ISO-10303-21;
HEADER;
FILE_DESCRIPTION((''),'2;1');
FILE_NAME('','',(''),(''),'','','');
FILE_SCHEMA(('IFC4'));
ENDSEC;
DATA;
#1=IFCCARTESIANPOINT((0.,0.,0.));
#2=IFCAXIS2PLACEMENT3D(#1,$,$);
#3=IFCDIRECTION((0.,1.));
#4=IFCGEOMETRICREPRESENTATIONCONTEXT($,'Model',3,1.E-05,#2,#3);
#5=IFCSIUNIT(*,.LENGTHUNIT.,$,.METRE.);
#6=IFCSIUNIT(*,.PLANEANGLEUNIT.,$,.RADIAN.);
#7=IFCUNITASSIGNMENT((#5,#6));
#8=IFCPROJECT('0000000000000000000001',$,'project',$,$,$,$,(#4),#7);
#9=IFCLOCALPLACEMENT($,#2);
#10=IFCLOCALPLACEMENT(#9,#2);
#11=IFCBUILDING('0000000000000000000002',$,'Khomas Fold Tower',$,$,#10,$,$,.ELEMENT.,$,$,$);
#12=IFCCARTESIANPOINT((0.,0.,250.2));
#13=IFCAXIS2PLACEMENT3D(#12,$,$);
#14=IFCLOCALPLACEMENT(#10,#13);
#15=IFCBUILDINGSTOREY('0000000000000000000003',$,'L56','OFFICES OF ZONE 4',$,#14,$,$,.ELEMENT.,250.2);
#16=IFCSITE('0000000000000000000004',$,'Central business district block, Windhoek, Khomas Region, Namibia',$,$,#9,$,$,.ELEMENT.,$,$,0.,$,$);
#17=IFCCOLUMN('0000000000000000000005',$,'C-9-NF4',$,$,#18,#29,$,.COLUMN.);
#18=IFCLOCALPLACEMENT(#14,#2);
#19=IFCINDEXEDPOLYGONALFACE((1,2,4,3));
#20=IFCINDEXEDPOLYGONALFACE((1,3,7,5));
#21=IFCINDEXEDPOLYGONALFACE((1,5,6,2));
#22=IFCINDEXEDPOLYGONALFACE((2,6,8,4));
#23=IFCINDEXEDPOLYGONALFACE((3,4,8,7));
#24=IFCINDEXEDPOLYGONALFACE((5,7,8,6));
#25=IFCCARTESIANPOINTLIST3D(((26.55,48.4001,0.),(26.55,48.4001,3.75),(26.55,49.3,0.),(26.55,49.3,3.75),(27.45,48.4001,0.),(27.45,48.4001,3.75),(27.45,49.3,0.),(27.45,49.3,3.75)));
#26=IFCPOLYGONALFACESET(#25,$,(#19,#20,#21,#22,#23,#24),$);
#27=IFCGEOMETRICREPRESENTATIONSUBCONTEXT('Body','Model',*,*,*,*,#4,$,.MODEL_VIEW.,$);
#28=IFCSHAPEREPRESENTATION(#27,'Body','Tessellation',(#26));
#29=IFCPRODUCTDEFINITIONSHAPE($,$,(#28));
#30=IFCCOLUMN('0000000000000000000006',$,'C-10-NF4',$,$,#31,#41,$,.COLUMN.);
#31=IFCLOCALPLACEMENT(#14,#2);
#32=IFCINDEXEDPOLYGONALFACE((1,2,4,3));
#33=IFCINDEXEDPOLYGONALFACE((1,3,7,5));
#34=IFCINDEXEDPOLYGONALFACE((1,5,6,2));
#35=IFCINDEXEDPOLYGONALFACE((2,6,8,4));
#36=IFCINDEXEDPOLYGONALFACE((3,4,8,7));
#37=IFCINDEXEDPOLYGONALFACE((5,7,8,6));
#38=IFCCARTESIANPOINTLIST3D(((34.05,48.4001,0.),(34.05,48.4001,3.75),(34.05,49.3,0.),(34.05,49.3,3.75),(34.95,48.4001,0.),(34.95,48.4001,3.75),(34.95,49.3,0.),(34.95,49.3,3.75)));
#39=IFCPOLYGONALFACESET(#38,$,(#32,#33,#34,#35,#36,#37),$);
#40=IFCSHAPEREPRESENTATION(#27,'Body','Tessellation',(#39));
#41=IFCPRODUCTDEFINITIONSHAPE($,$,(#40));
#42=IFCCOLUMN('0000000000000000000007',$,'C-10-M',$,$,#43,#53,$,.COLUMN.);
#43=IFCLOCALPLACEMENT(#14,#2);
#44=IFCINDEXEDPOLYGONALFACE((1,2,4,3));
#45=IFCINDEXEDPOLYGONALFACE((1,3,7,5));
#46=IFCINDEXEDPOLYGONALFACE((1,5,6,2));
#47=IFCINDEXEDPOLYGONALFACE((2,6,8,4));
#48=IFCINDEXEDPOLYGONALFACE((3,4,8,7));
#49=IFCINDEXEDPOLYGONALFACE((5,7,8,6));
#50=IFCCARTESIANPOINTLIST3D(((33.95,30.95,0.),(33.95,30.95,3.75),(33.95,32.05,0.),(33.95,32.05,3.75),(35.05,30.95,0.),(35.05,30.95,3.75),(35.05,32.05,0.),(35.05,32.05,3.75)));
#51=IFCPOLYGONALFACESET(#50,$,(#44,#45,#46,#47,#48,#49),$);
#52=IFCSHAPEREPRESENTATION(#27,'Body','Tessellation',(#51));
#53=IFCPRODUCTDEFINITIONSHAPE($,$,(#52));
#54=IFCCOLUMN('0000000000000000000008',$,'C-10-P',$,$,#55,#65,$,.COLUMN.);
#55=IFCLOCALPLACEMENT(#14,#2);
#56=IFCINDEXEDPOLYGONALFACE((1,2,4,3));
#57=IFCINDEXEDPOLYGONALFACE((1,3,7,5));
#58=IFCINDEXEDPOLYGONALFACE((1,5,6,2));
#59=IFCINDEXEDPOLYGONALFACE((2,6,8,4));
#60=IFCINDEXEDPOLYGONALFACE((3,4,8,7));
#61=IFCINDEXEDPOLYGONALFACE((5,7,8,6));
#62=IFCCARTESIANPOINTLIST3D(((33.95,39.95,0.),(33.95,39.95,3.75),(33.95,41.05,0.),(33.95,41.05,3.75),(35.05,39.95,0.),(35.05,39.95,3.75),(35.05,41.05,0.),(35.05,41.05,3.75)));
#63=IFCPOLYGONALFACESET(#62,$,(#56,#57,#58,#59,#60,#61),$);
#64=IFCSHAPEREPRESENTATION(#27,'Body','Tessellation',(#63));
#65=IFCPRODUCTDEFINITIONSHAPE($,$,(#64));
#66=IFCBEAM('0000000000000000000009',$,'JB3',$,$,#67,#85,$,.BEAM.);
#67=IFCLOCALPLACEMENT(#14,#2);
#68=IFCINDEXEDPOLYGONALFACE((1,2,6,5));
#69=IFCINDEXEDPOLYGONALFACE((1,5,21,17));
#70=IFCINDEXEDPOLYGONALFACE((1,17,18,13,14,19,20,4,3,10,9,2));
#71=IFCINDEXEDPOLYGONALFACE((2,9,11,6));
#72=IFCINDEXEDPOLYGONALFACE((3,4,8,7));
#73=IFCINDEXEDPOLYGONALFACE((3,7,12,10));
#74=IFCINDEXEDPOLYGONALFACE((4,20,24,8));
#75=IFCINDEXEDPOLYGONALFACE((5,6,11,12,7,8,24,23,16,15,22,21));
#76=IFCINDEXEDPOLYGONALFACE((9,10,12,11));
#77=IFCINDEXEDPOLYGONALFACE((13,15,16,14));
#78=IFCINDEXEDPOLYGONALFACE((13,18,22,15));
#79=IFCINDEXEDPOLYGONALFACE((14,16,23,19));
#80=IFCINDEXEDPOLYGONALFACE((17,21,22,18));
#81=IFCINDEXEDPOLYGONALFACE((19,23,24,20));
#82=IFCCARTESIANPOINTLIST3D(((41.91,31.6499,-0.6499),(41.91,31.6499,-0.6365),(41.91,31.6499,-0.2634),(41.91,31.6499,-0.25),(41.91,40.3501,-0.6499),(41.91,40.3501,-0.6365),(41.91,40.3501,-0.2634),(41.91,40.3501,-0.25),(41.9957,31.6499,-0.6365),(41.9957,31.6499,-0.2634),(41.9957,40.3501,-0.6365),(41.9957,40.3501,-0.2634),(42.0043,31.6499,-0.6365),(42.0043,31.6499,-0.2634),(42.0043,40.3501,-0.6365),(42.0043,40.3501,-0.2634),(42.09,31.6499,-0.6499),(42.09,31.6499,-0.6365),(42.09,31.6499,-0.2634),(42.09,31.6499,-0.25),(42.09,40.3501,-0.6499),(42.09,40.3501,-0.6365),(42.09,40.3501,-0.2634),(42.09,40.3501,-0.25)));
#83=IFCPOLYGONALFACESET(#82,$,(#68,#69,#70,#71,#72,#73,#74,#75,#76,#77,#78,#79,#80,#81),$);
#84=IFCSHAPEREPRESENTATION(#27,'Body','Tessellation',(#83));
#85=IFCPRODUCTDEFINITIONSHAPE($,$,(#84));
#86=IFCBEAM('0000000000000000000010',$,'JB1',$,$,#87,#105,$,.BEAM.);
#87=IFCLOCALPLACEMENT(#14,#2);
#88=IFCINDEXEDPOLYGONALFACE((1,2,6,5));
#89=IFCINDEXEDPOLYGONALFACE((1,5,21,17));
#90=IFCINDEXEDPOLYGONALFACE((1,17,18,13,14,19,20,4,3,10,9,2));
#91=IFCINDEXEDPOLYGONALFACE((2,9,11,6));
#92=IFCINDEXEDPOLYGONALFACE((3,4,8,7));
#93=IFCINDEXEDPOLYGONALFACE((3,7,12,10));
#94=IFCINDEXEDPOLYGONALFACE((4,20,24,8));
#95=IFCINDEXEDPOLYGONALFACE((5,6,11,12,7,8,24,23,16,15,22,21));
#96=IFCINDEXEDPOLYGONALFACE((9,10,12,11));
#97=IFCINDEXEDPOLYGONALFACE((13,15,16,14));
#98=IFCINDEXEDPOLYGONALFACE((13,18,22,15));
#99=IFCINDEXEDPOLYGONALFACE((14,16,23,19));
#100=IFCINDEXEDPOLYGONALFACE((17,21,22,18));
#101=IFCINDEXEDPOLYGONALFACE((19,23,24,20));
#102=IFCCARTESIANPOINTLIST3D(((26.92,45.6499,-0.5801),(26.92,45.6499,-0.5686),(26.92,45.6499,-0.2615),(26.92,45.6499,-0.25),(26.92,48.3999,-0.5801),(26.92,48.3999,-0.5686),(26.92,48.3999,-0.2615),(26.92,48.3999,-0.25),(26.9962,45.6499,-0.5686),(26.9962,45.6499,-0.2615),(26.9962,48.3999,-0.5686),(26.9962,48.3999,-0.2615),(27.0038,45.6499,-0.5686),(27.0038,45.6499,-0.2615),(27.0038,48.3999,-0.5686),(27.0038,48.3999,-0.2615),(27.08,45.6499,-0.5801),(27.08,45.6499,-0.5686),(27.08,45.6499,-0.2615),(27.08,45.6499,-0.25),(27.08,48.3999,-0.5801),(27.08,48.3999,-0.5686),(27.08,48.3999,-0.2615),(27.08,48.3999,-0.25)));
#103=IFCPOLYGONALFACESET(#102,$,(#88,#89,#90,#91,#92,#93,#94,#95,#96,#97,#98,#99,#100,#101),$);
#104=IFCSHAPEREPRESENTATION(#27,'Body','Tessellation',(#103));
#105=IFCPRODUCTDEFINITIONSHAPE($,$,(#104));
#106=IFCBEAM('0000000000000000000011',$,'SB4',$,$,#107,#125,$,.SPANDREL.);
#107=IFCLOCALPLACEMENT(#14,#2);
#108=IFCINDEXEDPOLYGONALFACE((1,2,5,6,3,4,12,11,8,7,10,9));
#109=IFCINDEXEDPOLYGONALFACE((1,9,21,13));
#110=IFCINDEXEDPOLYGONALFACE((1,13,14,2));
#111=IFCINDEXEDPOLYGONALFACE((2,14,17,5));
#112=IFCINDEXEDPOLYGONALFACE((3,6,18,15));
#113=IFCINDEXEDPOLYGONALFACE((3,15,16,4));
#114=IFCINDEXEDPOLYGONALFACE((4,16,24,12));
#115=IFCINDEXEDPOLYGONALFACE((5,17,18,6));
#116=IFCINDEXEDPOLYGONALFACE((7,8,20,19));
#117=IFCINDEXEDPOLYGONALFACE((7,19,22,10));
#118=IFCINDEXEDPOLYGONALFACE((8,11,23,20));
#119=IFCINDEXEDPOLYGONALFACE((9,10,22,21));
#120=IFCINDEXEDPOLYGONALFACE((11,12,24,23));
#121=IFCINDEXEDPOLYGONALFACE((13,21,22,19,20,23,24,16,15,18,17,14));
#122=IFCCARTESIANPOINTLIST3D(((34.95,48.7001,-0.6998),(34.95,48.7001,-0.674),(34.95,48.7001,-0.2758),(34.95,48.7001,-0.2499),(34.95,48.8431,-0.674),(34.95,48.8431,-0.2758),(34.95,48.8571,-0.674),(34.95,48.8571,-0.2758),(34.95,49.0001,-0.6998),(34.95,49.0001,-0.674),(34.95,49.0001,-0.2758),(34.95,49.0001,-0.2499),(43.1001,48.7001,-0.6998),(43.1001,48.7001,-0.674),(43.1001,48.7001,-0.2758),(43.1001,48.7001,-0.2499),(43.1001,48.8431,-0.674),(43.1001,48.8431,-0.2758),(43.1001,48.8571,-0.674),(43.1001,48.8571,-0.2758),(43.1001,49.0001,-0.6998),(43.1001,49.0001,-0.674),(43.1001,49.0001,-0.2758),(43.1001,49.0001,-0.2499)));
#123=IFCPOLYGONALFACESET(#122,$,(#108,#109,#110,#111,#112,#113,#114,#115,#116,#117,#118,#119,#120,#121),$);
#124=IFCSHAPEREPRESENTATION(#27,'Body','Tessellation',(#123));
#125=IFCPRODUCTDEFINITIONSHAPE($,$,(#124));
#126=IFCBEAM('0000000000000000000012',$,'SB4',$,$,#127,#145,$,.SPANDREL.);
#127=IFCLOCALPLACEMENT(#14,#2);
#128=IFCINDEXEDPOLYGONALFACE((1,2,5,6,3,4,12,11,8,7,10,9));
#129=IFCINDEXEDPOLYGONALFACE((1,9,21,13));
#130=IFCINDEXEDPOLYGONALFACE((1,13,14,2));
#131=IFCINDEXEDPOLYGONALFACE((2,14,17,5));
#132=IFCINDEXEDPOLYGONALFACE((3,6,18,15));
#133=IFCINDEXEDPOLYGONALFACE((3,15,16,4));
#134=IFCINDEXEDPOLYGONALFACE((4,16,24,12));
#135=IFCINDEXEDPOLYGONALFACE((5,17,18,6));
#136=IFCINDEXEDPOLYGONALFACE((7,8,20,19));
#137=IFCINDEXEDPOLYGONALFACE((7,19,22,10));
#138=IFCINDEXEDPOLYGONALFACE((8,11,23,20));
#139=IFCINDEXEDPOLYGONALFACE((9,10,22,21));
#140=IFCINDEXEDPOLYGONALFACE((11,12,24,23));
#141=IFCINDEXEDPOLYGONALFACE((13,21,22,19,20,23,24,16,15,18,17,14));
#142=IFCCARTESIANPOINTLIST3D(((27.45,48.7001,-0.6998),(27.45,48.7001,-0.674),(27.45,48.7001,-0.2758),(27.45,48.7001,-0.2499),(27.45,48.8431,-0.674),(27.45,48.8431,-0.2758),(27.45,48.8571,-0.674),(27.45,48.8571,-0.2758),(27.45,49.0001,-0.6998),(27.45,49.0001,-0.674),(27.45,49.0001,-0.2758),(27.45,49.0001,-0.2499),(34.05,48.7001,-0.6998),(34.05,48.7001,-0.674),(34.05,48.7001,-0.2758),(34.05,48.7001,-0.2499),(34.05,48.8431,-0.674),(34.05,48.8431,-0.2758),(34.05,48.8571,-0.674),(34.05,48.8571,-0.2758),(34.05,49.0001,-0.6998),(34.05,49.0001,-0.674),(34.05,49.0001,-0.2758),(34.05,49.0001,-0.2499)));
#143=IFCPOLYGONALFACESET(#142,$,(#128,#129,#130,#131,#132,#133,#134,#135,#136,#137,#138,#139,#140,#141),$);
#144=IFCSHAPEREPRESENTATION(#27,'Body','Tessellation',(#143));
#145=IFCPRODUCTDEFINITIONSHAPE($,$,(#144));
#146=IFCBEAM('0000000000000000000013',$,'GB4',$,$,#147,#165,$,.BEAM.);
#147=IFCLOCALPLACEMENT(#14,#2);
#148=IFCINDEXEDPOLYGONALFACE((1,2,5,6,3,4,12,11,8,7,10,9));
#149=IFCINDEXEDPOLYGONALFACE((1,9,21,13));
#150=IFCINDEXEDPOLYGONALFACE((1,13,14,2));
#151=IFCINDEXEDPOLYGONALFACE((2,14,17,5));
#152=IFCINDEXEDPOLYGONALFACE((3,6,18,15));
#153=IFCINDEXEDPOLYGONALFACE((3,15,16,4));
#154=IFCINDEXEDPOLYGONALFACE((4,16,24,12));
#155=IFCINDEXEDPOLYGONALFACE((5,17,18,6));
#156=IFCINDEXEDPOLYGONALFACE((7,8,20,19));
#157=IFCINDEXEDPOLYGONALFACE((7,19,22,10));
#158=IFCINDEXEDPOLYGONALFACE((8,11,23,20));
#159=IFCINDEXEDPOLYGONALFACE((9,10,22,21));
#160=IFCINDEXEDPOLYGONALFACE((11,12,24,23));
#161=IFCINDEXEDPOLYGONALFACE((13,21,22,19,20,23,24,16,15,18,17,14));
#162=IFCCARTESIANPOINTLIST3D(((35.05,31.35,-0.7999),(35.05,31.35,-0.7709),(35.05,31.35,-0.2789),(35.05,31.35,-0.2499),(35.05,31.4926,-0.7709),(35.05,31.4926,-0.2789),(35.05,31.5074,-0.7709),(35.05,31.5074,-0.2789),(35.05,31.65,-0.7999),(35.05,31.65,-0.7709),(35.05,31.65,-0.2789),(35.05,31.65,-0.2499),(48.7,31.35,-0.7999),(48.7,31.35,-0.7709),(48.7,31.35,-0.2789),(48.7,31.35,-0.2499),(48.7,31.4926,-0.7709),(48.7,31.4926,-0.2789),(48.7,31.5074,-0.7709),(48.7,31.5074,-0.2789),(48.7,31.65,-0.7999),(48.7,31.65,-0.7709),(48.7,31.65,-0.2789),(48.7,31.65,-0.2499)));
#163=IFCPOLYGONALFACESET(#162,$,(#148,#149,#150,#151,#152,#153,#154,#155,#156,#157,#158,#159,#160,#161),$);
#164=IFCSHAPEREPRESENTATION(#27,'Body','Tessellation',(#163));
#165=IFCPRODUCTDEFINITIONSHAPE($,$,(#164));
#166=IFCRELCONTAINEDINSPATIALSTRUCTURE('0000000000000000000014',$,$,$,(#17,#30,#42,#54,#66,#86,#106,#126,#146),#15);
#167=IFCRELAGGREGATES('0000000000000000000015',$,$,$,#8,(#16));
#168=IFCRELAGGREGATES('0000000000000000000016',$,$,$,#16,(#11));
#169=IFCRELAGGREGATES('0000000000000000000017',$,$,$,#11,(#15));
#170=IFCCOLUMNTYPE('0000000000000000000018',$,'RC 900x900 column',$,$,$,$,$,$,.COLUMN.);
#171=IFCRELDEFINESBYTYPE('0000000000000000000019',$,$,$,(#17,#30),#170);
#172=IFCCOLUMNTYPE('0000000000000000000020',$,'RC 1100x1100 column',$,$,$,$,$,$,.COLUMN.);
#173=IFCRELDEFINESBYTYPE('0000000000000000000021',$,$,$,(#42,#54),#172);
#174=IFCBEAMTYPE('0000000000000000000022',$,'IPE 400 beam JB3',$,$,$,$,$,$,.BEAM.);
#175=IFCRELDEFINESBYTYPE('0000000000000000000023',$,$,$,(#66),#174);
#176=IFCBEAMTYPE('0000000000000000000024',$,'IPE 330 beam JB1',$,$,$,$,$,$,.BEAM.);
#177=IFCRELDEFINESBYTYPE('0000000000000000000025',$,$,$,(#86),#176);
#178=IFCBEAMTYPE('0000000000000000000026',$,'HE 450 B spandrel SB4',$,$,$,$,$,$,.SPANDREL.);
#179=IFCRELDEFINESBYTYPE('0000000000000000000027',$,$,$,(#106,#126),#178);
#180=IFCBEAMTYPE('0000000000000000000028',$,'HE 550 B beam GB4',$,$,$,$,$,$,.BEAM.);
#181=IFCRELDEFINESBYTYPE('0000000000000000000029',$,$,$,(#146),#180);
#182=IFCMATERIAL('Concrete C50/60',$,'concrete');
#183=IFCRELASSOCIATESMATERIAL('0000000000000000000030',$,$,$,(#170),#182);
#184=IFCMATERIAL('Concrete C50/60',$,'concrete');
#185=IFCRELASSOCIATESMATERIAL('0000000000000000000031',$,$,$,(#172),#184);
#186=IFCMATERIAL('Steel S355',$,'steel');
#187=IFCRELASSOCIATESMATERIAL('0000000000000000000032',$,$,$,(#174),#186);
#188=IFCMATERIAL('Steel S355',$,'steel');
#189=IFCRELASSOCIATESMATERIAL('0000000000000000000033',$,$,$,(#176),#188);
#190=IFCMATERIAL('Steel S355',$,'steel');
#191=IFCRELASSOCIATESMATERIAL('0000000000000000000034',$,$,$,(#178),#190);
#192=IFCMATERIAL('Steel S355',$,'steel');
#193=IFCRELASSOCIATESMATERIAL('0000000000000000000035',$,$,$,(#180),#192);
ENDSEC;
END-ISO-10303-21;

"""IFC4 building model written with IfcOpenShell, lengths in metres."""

from ifc_helpers import new_model, si_unit, direction, frame, origin, origin_2d, place, context, subcontext, project, spatial, rectangle, i_section, extrude, source, transform, mapped, material, material_profile, profile_set, type_object, element, save


model = new_model("IFC4")

# Units and contexts
model_context = context("Model", 3, precision=1e-05, world=origin(), true_north=direction((0.0, 1.0)))
body_context = subcontext(model_context, "Body", "Model", "MODEL_VIEW")
ifc_project = project(units=[si_unit("LENGTHUNIT", "METRE"), si_unit("PLANEANGLEUNIT", "RADIAN")], contexts=[model_context])

# Site, building, storey
site_placement = place(None, origin())
site = spatial("IfcSite", under=ifc_project, at=site_placement, Name="Central business district block, Windhoek, Khomas Region, Namibia", CompositionType="ELEMENT", RefElevation=0.0)
building_placement = place(site_placement, origin())
building = spatial("IfcBuilding", under=site, at=building_placement, Name="Khomas Fold Tower", CompositionType="ELEMENT")
storey_placement = place(building_placement, frame((0.0, 0.0, 250.2)))
storey = spatial("IfcBuildingStorey", under=building, at=storey_placement, Name="L56", Description="OFFICES OF ZONE 4", CompositionType="ELEMENT", Elevation=250.2)

# Columns
ifc_material_1 = material(Name="Concrete C50/60", Category="concrete")
ifc_material_profile_1 = material_profile(ifc_material_1, rectangle(XDim=0.8999, YDim=0.8999, at=origin_2d()), Name="RC 900x900")
ifc_profile_set_1 = profile_set([ifc_material_profile_1], Name="Concrete C50/60")
column_type_1 = type_object("IfcColumnType", Name="RC 900x900 column", PredefinedType="COLUMN", material=ifc_profile_set_1)
shared_shape_1 = source(origin(), body_context, "Body", "SweptSolid", [
    extrude(rectangle(XDim=0.8999, YDim=0.8999, at=origin_2d()), origin(), (0.0, 0.0, 1.0), 3.75),
])
for number, where, z_axis, x_axis, name in (
    (1, (27.0, 48.8501, 0.0), (0.0, 0.0, 1.0), (1.0, 0.0, 0.0), "C-9-NF4"),
    (2, (34.5, 48.8501, 0.0), (0.0, 0.0, 1.0), (1.0, 0.0, 0.0), "C-10-NF4"),
):
    element("IfcColumn", number, at=place(storey_placement, frame(where, z_axis=z_axis, x_axis=x_axis)), inside=storey, type_object=column_type_1, Name=name, PredefinedType="COLUMN", context=body_context, shape_type="MappedRepresentation", body=[
        mapped(shared_shape_1, transform((0.0, 0.0, 0.0))),
    ])
ifc_material_2 = material(Name="Concrete C50/60", Category="concrete")
ifc_material_profile_2 = material_profile(ifc_material_2, rectangle(XDim=1.1001, YDim=1.1001, at=origin_2d()), Name="RC 1100x1100")
ifc_profile_set_2 = profile_set([ifc_material_profile_2], Name="Concrete C50/60")
column_type_2 = type_object("IfcColumnType", Name="RC 1100x1100 column", PredefinedType="COLUMN", material=ifc_profile_set_2)
shared_shape_2 = source(origin(), body_context, "Body", "SweptSolid", [
    extrude(rectangle(XDim=1.1001, YDim=1.1001, at=origin_2d()), origin(), (0.0, 0.0, 1.0), 3.75),
])
for number, where, z_axis, x_axis, name in (
    (3, (34.5, 31.5, 0.0), (0.0, 0.0, 1.0), (1.0, 0.0, 0.0), "C-10-M"),
    (4, (34.5, 40.5, 0.0), (0.0, 0.0, 1.0), (1.0, 0.0, 0.0), "C-10-P"),
):
    element("IfcColumn", number, at=place(storey_placement, frame(where, z_axis=z_axis, x_axis=x_axis)), inside=storey, type_object=column_type_2, Name=name, PredefinedType="COLUMN", context=body_context, shape_type="MappedRepresentation", body=[
        mapped(shared_shape_2, transform((0.0, 0.0, 0.0))),
    ])

# Beams
ifc_material_3 = material(Name="Steel S355", Category="steel")
ifc_material_profile_3 = material_profile(ifc_material_3, i_section(OverallWidth=0.1799, OverallDepth=0.3999, WebThickness=0.0085, FlangeThickness=0.0134, at=origin_2d()), Name="IPE 400")
ifc_profile_set_3 = profile_set([ifc_material_profile_3], Name="Steel S355")
beam_type_1 = type_object("IfcBeamType", Name="IPE 400 beam JB3", PredefinedType="BEAM", material=ifc_profile_set_3)
shared_shape_3 = source(origin(), body_context, "Body", "SweptSolid", [
    extrude(i_section(OverallWidth=0.1799, OverallDepth=0.3999, WebThickness=0.0085, FlangeThickness=0.0134, at=origin_2d()), origin(), (0.0, 0.0, 1.0), 8.7002),
])
beam_1_placement = place(storey_placement, frame((42.0, 31.6499, -0.45), z_axis=(0.0, 1.0, 0.0), x_axis=(-1.0, 0.0, 0.0)))
element("IfcBeam", 5, at=beam_1_placement, inside=storey, type_object=beam_type_1, Name="JB3", PredefinedType="BEAM", context=body_context, shape_type="MappedRepresentation", body=[
    mapped(shared_shape_3, transform((0.0, 0.0, 0.0))),
])
ifc_material_4 = material(Name="Steel S355", Category="steel")
ifc_material_profile_4 = material_profile(ifc_material_4, i_section(OverallWidth=0.1599, OverallDepth=0.3301, WebThickness=0.0076, FlangeThickness=0.0115, at=origin_2d()), Name="IPE 330")
ifc_profile_set_4 = profile_set([ifc_material_profile_4], Name="Steel S355")
beam_type_2 = type_object("IfcBeamType", Name="IPE 330 beam JB1", PredefinedType="BEAM", material=ifc_profile_set_4)
shared_shape_4 = source(origin(), body_context, "Body", "SweptSolid", [
    extrude(i_section(OverallWidth=0.1599, OverallDepth=0.3301, WebThickness=0.0076, FlangeThickness=0.0115, at=origin_2d()), origin(), (0.0, 0.0, 1.0), 2.75),
])
beam_2_placement = place(storey_placement, frame((27.0, 45.6499, -0.415), z_axis=(0.0, 1.0, 0.0), x_axis=(-1.0, 0.0, 0.0)))
element("IfcBeam", 6, at=beam_2_placement, inside=storey, type_object=beam_type_2, Name="JB1", PredefinedType="BEAM", context=body_context, shape_type="MappedRepresentation", body=[
    mapped(shared_shape_4, transform((0.0, 0.0, 0.0))),
])
ifc_material_5 = material(Name="Steel S355", Category="steel")
ifc_material_profile_5 = material_profile(ifc_material_5, i_section(OverallWidth=0.3, OverallDepth=0.45, WebThickness=0.0139, FlangeThickness=0.0259, at=origin_2d()), Name="HE 450 B")
ifc_profile_set_5 = profile_set([ifc_material_profile_5], Name="Steel S355")
beam_type_3 = type_object("IfcBeamType", Name="HE 450 B spandrel SB4", PredefinedType="SPANDREL", material=ifc_profile_set_5)
shared_shape_5 = source(origin(), body_context, "Body", "SweptSolid", [
    extrude(i_section(OverallWidth=0.3, OverallDepth=0.45, WebThickness=0.0139, FlangeThickness=0.0259, at=origin_2d()), origin(), (0.0, 0.0, 1.0), 8.1501),
])
beam_3_placement = place(storey_placement, frame((34.95, 48.8501, -0.4749), z_axis=(1.0, 0.0, 0.0), x_axis=(0.0, 1.0, 0.0)))
element("IfcBeam", 7, at=beam_3_placement, inside=storey, type_object=beam_type_3, Name="SB4", PredefinedType="SPANDREL", context=body_context, shape_type="MappedRepresentation", body=[
    mapped(shared_shape_5, transform((0.0, 0.0, 0.0))),
])
shared_shape_6 = source(origin(), body_context, "Body", "SweptSolid", [
    extrude(i_section(OverallWidth=0.3, OverallDepth=0.45, WebThickness=0.0139, FlangeThickness=0.0259, at=origin_2d()), origin(), (0.0, 0.0, 1.0), 6.6001),
])
beam_4_placement = place(storey_placement, frame((27.45, 48.8501, -0.4749), z_axis=(1.0, 0.0, 0.0), x_axis=(0.0, 1.0, 0.0)))
element("IfcBeam", 8, at=beam_4_placement, inside=storey, type_object=beam_type_3, Name="SB4", PredefinedType="SPANDREL", context=body_context, shape_type="MappedRepresentation", body=[
    mapped(shared_shape_6, transform((0.0, 0.0, 0.0))),
])
ifc_material_6 = material(Name="Steel S355", Category="steel")
ifc_material_profile_6 = material_profile(ifc_material_6, i_section(OverallWidth=0.3, OverallDepth=0.55, WebThickness=0.0149, FlangeThickness=0.0291, at=origin_2d()), Name="HE 550 B")
ifc_profile_set_6 = profile_set([ifc_material_profile_6], Name="Steel S355")
beam_type_4 = type_object("IfcBeamType", Name="HE 550 B beam GB4", PredefinedType="BEAM", material=ifc_profile_set_6)
shared_shape_7 = source(origin(), body_context, "Body", "SweptSolid", [
    extrude(i_section(OverallWidth=0.3, OverallDepth=0.55, WebThickness=0.0149, FlangeThickness=0.0291, at=origin_2d()), origin(), (0.0, 0.0, 1.0), 13.6499),
])
for number, where, z_axis, x_axis, name in (
    (9, (35.05, 31.5, -0.5249), (1.0, 0.0, 0.0), (0.0, 1.0, 0.0), "GB4"),
):
    element("IfcBeam", number, at=place(storey_placement, frame(where, z_axis=z_axis, x_axis=x_axis)), inside=storey, type_object=beam_type_4, Name=name, PredefinedType="BEAM", context=body_context, shape_type="MappedRepresentation", body=[
        mapped(shared_shape_7, transform((0.0, 0.0, 0.0))),
    ])

save(model, "model.ifc")
